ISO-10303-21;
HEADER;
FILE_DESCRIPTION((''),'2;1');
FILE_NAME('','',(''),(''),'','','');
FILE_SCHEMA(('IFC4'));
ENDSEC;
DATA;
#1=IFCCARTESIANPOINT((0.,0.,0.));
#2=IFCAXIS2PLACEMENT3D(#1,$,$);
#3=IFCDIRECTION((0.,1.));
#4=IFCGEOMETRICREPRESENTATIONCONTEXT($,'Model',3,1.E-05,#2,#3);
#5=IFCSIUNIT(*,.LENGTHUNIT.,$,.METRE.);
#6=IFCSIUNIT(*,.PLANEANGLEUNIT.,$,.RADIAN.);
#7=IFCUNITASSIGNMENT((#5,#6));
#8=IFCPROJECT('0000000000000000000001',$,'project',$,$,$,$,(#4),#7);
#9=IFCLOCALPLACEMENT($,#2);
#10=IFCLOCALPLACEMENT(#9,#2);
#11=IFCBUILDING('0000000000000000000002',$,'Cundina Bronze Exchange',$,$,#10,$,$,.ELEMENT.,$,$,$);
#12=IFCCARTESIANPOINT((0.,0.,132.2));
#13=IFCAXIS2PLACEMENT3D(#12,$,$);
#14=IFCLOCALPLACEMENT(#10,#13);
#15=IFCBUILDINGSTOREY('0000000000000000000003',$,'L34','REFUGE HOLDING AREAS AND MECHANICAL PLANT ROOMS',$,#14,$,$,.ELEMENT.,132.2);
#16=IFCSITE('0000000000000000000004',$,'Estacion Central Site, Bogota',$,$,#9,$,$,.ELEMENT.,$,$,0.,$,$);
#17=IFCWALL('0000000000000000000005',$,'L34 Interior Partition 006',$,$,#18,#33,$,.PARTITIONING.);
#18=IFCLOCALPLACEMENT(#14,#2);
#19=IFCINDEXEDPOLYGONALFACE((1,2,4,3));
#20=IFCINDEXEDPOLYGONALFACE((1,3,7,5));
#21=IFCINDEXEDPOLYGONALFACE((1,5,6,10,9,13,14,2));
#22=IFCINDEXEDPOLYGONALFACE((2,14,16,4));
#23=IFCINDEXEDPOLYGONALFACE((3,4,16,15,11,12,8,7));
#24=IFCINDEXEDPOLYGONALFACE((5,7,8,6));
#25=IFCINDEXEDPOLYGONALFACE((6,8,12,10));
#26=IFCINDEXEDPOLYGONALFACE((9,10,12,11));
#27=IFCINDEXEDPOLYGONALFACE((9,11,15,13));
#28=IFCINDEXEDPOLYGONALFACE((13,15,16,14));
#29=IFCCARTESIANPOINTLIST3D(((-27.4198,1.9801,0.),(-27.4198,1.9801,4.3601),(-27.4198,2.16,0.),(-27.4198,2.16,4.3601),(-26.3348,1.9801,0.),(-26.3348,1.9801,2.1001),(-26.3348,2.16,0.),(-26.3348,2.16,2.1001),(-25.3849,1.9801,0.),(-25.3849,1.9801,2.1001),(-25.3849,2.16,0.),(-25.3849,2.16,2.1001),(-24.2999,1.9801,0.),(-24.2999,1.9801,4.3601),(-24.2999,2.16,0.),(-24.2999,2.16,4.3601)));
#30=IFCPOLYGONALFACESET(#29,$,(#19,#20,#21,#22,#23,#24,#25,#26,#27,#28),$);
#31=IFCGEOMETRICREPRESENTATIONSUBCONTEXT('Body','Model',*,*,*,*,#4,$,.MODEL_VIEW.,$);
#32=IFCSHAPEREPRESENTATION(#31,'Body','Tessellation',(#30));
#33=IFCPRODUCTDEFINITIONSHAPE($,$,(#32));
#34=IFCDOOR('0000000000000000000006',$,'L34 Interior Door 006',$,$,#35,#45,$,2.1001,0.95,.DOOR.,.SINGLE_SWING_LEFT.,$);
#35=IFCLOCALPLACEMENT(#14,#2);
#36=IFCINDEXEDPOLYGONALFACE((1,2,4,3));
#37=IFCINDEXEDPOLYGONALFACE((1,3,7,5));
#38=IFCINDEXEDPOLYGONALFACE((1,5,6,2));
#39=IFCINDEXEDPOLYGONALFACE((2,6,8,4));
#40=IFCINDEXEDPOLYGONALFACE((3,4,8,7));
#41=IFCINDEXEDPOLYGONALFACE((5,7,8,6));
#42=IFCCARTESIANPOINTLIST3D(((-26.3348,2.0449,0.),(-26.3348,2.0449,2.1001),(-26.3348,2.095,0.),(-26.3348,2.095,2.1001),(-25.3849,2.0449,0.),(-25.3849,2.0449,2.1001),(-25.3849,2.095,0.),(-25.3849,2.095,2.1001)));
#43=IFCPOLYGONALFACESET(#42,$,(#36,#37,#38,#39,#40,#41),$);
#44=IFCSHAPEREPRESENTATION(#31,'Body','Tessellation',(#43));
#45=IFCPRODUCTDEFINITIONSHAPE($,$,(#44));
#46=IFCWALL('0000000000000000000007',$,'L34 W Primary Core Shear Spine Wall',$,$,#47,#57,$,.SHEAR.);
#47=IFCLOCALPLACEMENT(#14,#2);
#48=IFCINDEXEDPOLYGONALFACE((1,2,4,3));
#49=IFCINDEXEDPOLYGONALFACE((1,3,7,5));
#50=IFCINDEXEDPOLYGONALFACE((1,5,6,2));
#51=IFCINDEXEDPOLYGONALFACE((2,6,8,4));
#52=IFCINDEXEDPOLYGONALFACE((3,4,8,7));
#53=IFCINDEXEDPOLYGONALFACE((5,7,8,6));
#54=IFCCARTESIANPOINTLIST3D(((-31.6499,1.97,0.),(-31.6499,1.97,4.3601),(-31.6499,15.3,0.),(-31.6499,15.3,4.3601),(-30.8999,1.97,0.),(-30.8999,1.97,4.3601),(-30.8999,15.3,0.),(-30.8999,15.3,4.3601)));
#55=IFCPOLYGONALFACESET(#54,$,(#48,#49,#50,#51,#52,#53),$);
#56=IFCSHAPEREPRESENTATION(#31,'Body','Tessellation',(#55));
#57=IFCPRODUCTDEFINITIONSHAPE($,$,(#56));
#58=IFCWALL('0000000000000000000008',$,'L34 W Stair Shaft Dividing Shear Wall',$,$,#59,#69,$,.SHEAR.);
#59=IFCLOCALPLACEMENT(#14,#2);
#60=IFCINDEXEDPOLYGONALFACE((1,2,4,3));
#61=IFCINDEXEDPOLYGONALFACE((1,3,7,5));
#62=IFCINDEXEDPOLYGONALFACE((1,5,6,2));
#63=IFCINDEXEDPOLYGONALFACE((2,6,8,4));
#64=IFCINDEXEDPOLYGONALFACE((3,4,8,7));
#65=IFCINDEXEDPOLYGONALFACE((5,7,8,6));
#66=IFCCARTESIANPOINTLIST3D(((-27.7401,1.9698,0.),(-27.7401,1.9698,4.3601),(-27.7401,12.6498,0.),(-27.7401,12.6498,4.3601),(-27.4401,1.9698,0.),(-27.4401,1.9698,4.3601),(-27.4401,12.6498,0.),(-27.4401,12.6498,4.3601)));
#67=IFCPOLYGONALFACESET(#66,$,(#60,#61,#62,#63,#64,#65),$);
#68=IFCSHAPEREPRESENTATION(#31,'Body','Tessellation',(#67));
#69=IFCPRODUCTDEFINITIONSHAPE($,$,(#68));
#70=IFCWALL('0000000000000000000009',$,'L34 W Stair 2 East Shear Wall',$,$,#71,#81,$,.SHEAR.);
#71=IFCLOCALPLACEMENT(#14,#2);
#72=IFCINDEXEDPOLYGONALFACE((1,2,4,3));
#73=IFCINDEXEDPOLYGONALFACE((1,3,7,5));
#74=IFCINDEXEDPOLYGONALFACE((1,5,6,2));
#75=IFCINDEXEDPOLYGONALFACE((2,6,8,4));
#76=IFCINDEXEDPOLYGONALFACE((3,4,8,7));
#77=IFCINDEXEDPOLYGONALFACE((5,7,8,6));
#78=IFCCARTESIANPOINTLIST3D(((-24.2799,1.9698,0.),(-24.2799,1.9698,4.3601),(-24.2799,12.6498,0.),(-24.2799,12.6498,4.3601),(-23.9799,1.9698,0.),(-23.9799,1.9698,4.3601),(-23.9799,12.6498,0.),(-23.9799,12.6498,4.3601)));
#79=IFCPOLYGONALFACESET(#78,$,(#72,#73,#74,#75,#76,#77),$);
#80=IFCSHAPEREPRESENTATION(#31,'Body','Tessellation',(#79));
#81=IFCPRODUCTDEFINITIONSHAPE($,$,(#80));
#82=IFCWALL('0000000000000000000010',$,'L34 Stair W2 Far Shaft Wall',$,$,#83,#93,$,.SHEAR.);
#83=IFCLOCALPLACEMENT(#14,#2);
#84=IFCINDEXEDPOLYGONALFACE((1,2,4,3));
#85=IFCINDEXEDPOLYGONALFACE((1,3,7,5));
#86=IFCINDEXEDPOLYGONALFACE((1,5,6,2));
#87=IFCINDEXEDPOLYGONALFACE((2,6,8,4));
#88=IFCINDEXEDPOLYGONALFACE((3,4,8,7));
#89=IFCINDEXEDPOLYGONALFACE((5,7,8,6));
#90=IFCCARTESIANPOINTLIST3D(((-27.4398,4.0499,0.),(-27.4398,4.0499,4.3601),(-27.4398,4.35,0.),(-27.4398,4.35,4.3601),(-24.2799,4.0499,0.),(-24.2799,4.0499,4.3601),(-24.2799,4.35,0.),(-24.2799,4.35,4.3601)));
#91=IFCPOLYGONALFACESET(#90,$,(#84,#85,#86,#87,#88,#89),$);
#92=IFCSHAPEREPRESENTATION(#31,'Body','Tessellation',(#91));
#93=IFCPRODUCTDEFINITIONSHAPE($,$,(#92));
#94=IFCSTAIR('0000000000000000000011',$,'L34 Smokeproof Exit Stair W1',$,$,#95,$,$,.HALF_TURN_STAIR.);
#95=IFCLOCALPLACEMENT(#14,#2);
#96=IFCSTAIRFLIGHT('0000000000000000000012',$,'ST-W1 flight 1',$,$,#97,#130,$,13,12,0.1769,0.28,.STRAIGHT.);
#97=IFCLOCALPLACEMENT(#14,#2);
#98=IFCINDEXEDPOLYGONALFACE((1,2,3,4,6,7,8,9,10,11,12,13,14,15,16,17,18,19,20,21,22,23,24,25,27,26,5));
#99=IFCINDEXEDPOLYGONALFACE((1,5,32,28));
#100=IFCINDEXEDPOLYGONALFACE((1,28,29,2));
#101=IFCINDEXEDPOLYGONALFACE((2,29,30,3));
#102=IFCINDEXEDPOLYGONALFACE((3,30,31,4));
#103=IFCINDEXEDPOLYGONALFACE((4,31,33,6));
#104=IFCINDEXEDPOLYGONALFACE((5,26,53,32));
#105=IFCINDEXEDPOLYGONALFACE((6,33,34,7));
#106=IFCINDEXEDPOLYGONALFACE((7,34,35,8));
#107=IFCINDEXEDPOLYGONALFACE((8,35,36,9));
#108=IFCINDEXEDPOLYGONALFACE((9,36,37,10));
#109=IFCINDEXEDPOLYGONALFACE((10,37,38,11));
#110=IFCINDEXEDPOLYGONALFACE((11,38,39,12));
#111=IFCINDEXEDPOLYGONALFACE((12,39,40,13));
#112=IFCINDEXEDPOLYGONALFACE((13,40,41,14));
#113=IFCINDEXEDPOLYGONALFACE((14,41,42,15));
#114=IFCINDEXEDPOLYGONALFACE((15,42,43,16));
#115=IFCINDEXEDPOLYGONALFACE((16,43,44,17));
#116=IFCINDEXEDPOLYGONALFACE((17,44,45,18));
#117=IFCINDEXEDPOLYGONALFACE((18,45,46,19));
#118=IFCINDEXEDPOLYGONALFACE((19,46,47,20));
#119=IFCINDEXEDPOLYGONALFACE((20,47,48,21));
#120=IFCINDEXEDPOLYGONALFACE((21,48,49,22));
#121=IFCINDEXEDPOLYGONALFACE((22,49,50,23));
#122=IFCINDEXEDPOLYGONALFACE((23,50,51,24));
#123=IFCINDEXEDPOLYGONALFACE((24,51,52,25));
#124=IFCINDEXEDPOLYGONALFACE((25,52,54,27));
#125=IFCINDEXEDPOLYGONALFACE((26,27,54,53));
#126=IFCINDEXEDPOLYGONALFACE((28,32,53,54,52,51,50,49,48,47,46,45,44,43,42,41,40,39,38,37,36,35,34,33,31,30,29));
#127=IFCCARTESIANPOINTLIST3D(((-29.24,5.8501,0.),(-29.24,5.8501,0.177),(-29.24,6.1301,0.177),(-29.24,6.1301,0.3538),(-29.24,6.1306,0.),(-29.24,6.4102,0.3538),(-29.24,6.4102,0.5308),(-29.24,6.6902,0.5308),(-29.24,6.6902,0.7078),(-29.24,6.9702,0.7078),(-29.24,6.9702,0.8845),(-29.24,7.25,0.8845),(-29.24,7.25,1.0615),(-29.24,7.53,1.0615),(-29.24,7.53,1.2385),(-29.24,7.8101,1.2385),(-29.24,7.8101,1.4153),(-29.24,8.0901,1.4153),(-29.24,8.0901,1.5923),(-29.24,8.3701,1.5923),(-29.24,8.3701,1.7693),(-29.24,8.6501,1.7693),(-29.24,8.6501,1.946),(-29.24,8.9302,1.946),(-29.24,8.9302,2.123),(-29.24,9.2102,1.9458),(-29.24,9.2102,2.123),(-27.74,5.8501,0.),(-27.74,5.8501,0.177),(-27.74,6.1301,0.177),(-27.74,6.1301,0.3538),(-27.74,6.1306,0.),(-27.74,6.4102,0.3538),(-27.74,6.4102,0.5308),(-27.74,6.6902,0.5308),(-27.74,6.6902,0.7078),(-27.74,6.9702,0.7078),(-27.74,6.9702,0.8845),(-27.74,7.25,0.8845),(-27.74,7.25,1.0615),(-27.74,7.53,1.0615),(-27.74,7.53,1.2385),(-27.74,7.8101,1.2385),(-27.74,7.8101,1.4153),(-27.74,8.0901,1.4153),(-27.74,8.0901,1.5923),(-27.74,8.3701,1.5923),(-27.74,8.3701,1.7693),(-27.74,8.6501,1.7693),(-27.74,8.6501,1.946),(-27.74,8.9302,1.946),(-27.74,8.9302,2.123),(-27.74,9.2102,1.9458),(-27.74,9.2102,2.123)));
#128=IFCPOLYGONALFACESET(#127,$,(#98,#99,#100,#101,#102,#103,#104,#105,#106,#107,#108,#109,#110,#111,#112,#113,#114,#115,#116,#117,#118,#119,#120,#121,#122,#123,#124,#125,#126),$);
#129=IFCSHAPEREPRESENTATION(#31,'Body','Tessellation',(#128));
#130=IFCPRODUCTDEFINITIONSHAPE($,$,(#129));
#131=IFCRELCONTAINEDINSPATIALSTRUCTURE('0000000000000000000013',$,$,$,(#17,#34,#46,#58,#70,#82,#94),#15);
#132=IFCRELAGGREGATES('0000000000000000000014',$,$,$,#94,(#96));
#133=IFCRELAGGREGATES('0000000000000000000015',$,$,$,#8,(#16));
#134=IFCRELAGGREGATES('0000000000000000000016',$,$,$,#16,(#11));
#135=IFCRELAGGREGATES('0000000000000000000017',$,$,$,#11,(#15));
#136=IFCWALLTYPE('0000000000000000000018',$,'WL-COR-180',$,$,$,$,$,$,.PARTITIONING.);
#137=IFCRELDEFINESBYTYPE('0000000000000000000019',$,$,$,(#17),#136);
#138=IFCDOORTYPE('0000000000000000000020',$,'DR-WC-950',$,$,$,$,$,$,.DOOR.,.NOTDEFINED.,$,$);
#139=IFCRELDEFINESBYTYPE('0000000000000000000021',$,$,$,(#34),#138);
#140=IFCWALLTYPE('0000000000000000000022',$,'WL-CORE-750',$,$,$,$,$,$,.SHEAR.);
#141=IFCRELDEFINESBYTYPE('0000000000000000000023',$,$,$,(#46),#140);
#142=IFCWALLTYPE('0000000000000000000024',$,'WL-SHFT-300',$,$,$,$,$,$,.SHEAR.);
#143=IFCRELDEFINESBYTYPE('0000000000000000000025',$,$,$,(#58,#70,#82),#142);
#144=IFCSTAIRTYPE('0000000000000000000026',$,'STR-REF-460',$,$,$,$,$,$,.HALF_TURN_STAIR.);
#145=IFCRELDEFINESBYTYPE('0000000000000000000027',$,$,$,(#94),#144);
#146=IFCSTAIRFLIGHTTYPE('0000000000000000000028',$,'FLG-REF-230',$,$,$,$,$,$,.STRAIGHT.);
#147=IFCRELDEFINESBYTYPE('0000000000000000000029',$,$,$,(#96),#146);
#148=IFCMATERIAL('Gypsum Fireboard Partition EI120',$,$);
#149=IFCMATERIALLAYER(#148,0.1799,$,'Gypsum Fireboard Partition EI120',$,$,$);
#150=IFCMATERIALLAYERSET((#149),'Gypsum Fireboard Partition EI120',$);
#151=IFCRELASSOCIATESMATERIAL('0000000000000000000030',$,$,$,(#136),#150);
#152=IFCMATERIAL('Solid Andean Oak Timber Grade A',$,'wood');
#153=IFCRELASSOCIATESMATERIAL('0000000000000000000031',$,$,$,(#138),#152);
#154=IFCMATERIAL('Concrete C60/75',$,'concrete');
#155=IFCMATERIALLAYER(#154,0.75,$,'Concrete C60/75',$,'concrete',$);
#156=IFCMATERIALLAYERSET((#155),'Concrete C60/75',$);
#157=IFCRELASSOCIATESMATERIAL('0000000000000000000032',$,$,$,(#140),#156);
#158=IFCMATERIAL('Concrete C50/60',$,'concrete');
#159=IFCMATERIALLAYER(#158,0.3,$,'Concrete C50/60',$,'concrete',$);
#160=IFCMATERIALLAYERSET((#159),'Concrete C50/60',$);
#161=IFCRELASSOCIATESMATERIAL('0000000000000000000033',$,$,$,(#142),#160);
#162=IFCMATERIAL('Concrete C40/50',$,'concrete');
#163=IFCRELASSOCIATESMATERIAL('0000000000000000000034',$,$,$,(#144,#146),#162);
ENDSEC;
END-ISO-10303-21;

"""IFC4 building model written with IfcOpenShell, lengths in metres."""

from ifc_helpers import new_model, si_unit, direction, frame, frame_2d, origin, place, context, subcontext, project, spatial, polyline, rectangle, outline, extrude, material, layer, layer_set, type_object, element, fill, aggregate, save


model = new_model("IFC4")

# Units and contexts
model_context = context("Model", 3, precision=1e-05, world=origin(), true_north=direction((0.0, 1.0)))
body_context = subcontext(model_context, "Body", "Model", "MODEL_VIEW")
ifc_project = project(units=[si_unit("LENGTHUNIT", "METRE"), si_unit("PLANEANGLEUNIT", "RADIAN")], contexts=[model_context])

# Site, building, storey
site_placement = place(None, origin())
site = spatial("IfcSite", under=ifc_project, at=site_placement, Name="Estacion Central Site, Bogota", CompositionType="ELEMENT", RefElevation=0.0)
building_placement = place(site_placement, origin())
building = spatial("IfcBuilding", under=site, at=building_placement, Name="Cundina Bronze Exchange", CompositionType="ELEMENT")
storey_placement = place(building_placement, frame((0.0, 0.0, 132.2)))
storey = spatial("IfcBuildingStorey", under=building, at=storey_placement, Name="L34", Description="REFUGE HOLDING AREAS AND MECHANICAL PLANT ROOMS", CompositionType="ELEMENT", Elevation=132.2)

# Shared definitions
ifc_material_1 = material(Name="Concrete C60/75", Category="concrete")

# Wall, opening, door
ifc_material_2 = material(Name="Gypsum Fireboard Partition EI120")
ifc_layer_1 = layer(ifc_material_2, 0.1799, Name="Gypsum Fireboard Partition EI120")
ifc_layer_set_1 = layer_set([ifc_layer_1], Name="Gypsum Fireboard Partition EI120")
wall_type_1 = type_object("IfcWallType", Name="WL-COR-180", PredefinedType="PARTITIONING", material=ifc_layer_set_1)
wall_1_placement = place(storey_placement, frame((-27.4199, 2.0701, 0.0), z_axis=(0.0, 0.0, 1.0), x_axis=(1.0, 0.0, 0.0)))
wall_1 = element("IfcWall", 1, at=wall_1_placement, inside=storey, type_object=wall_type_1, Name="L34 Interior Partition 006", PredefinedType="PARTITIONING", context=body_context, shape_type="SweptSolid", body=[
    extrude(rectangle(XDim=3.1199, YDim=0.1799, at=frame_2d((1.5601, 0.0))), origin(), (0.0, 0.0, 1.0), 4.3601),
])
opening_1_placement = place(wall_1_placement, frame((1.085, 0.0, 0.0)))
opening_1 = element("IfcOpeningElement", 2, at=opening_1_placement, cuts=wall_1, PredefinedType="OPENING", context=body_context, shape_type="SweptSolid", body=[
    extrude(rectangle(XDim=0.95, YDim=2.1001, at=frame_2d((0.4751, 1.05))), frame((0.0, 0.0999, 0.0), z_axis=(0.0, -1.0, 0.0), x_axis=(1.0, 0.0, 0.0)), (0.0, 0.0, 1.0), 0.2),
])
ifc_material_3 = material(Name="Solid Andean Oak Timber Grade A", Category="wood")
door_type_1 = type_object("IfcDoorType", Name="DR-WC-950", OperationType="NOTDEFINED", PredefinedType="DOOR", material=ifc_material_3)
door_1_placement = place(opening_1_placement, origin())
door_1 = element("IfcDoor", 3, at=door_1_placement, inside=storey, type_object=door_type_1, Name="L34 Interior Door 006", OperationType="SINGLE_SWING_LEFT", OverallHeight=2.1001, OverallWidth=0.95, PredefinedType="DOOR", context=body_context, shape_type="SweptSolid", body=[
    extrude(rectangle(XDim=0.95, YDim=2.1001, at=frame_2d((0.4751, 1.05))), frame((0.0, 0.0249, 0.0), z_axis=(0.0, -1.0, 0.0), x_axis=(1.0, 0.0, 0.0)), (0.0, 0.0, 1.0), 0.05),
])
fill(opening_1, door_1)

# Walls
ifc_layer_2 = layer(ifc_material_1, 0.75, Name="Concrete C60/75", Category="concrete")
ifc_layer_set_2 = layer_set([ifc_layer_2], Name="Concrete C60/75")
wall_type_2 = type_object("IfcWallType", Name="WL-CORE-750", PredefinedType="SHEAR", material=ifc_layer_set_2)
wall_2_placement = place(storey_placement, frame((-31.2749, 1.97, 0.0), z_axis=(0.0, 0.0, 1.0), x_axis=(0.0, 1.0, 0.0)))
element("IfcWall", 4, at=wall_2_placement, inside=storey, type_object=wall_type_2, Name="L34 W Primary Core Shear Spine Wall", PredefinedType="SHEAR", context=body_context, shape_type="SweptSolid", body=[
    extrude(rectangle(XDim=13.3301, YDim=0.75, at=frame_2d((6.665, 0.0))), origin(), (0.0, 0.0, 1.0), 4.3601),
])
ifc_material_4 = material(Name="Concrete C50/60", Category="concrete")
ifc_layer_3 = layer(ifc_material_4, 0.3, Name="Concrete C50/60", Category="concrete")
ifc_layer_set_3 = layer_set([ifc_layer_3], Name="Concrete C50/60")
wall_type_3 = type_object("IfcWallType", Name="WL-SHFT-300", PredefinedType="SHEAR", material=ifc_layer_set_3)
for number, where, z_axis, x_axis, name in (
    (5, (-27.5901, 1.97, 0.0), (0.0, 0.0, 1.0), (0.0, 1.0, 0.0), "L34 W Stair Shaft Dividing Shear Wall"),
    (6, (-24.1299, 1.97, 0.0), (0.0, 0.0, 1.0), (0.0, 1.0, 0.0), "L34 W Stair 2 East Shear Wall"),
):
    element("IfcWall", number, at=place(storey_placement, frame(where, z_axis=z_axis, x_axis=x_axis)), inside=storey, type_object=wall_type_3, Name=name, PredefinedType="SHEAR", context=body_context, shape_type="SweptSolid", body=[
        extrude(rectangle(XDim=10.6799, YDim=0.3, at=frame_2d((5.3398, 0.0))), origin(), (0.0, 0.0, 1.0), 4.3601),
    ])

# Wall
wall_3_placement = place(storey_placement, frame((-27.4399, 4.2, 0.0), z_axis=(0.0, 0.0, 1.0), x_axis=(1.0, 0.0, 0.0)))
element("IfcWall", 7, at=wall_3_placement, inside=storey, type_object=wall_type_3, Name="L34 Stair W2 Far Shaft Wall", PredefinedType="SHEAR", context=body_context, shape_type="SweptSolid", body=[
    extrude(rectangle(XDim=3.1599, YDim=0.3, at=frame_2d((1.5801, 0.0))), origin(), (0.0, 0.0, 1.0), 4.3601),
])

# Stair, stair flight
ifc_material_5 = material(Name="Concrete C40/50", Category="concrete")
stair_type = type_object("IfcStairType", Name="STR-REF-460", PredefinedType="HALF_TURN_STAIR", material=ifc_material_5)
stair_placement = place(storey_placement, origin())
stair = element("IfcStair", 8, at=stair_placement, inside=storey, type_object=stair_type, Name="L34 Smokeproof Exit Stair W1", PredefinedType="HALF_TURN_STAIR")
stair_flight_type = type_object("IfcStairFlightType", Name="FLG-REF-230", PredefinedType="STRAIGHT", material=ifc_material_5)
stair_flight_placement = place(storey_placement, frame((-28.49, 5.8501, 0.0), z_axis=(0.0, 0.0, 1.0), x_axis=(0.0, 1.0, 0.0)))
stair_flight = element("IfcStairFlight", 9, at=stair_flight_placement, type_object=stair_flight_type, Name="ST-W1 flight 1", NumberOfRisers=13, NumberOfTreads=12, PredefinedType="STRAIGHT", RiserHeight=0.1769, TreadLength=0.28, context=body_context, shape_type="SweptSolid", body=[
    extrude(outline(polyline([(0.0, 0.0), (0.0, 0.177), (0.28, 0.177), (0.28, 0.3538), (0.5601, 0.3538), (0.5601, 0.5308), (0.8401, 0.5308), (0.8401, 0.7078), (1.1201, 0.7078), (1.1201, 0.8845), (1.3999, 0.8845), (1.3999, 1.0615), (1.6799, 1.0615), (1.6799, 1.2385), (1.96, 1.2385), (1.96, 1.4153), (2.24, 1.4153), (2.24, 1.5923), (2.52, 1.5923), (2.52, 1.7693), (2.8, 1.7693), (2.8, 1.946), (3.0801, 1.946), (3.0801, 2.123), (3.3601, 2.123), (3.3601, 2.3), (3.3601, 1.9458), (0.2805, 0.0), (0.0, 0.0)])), frame((0.0, 0.75, 0.0), z_axis=(0.0, -1.0, 0.0), x_axis=(1.0, 0.0, 0.0)), (0.0, 0.0, 1.0), 1.5),
])
aggregate(stair, [stair_flight])

save(model, "model.ifc")
